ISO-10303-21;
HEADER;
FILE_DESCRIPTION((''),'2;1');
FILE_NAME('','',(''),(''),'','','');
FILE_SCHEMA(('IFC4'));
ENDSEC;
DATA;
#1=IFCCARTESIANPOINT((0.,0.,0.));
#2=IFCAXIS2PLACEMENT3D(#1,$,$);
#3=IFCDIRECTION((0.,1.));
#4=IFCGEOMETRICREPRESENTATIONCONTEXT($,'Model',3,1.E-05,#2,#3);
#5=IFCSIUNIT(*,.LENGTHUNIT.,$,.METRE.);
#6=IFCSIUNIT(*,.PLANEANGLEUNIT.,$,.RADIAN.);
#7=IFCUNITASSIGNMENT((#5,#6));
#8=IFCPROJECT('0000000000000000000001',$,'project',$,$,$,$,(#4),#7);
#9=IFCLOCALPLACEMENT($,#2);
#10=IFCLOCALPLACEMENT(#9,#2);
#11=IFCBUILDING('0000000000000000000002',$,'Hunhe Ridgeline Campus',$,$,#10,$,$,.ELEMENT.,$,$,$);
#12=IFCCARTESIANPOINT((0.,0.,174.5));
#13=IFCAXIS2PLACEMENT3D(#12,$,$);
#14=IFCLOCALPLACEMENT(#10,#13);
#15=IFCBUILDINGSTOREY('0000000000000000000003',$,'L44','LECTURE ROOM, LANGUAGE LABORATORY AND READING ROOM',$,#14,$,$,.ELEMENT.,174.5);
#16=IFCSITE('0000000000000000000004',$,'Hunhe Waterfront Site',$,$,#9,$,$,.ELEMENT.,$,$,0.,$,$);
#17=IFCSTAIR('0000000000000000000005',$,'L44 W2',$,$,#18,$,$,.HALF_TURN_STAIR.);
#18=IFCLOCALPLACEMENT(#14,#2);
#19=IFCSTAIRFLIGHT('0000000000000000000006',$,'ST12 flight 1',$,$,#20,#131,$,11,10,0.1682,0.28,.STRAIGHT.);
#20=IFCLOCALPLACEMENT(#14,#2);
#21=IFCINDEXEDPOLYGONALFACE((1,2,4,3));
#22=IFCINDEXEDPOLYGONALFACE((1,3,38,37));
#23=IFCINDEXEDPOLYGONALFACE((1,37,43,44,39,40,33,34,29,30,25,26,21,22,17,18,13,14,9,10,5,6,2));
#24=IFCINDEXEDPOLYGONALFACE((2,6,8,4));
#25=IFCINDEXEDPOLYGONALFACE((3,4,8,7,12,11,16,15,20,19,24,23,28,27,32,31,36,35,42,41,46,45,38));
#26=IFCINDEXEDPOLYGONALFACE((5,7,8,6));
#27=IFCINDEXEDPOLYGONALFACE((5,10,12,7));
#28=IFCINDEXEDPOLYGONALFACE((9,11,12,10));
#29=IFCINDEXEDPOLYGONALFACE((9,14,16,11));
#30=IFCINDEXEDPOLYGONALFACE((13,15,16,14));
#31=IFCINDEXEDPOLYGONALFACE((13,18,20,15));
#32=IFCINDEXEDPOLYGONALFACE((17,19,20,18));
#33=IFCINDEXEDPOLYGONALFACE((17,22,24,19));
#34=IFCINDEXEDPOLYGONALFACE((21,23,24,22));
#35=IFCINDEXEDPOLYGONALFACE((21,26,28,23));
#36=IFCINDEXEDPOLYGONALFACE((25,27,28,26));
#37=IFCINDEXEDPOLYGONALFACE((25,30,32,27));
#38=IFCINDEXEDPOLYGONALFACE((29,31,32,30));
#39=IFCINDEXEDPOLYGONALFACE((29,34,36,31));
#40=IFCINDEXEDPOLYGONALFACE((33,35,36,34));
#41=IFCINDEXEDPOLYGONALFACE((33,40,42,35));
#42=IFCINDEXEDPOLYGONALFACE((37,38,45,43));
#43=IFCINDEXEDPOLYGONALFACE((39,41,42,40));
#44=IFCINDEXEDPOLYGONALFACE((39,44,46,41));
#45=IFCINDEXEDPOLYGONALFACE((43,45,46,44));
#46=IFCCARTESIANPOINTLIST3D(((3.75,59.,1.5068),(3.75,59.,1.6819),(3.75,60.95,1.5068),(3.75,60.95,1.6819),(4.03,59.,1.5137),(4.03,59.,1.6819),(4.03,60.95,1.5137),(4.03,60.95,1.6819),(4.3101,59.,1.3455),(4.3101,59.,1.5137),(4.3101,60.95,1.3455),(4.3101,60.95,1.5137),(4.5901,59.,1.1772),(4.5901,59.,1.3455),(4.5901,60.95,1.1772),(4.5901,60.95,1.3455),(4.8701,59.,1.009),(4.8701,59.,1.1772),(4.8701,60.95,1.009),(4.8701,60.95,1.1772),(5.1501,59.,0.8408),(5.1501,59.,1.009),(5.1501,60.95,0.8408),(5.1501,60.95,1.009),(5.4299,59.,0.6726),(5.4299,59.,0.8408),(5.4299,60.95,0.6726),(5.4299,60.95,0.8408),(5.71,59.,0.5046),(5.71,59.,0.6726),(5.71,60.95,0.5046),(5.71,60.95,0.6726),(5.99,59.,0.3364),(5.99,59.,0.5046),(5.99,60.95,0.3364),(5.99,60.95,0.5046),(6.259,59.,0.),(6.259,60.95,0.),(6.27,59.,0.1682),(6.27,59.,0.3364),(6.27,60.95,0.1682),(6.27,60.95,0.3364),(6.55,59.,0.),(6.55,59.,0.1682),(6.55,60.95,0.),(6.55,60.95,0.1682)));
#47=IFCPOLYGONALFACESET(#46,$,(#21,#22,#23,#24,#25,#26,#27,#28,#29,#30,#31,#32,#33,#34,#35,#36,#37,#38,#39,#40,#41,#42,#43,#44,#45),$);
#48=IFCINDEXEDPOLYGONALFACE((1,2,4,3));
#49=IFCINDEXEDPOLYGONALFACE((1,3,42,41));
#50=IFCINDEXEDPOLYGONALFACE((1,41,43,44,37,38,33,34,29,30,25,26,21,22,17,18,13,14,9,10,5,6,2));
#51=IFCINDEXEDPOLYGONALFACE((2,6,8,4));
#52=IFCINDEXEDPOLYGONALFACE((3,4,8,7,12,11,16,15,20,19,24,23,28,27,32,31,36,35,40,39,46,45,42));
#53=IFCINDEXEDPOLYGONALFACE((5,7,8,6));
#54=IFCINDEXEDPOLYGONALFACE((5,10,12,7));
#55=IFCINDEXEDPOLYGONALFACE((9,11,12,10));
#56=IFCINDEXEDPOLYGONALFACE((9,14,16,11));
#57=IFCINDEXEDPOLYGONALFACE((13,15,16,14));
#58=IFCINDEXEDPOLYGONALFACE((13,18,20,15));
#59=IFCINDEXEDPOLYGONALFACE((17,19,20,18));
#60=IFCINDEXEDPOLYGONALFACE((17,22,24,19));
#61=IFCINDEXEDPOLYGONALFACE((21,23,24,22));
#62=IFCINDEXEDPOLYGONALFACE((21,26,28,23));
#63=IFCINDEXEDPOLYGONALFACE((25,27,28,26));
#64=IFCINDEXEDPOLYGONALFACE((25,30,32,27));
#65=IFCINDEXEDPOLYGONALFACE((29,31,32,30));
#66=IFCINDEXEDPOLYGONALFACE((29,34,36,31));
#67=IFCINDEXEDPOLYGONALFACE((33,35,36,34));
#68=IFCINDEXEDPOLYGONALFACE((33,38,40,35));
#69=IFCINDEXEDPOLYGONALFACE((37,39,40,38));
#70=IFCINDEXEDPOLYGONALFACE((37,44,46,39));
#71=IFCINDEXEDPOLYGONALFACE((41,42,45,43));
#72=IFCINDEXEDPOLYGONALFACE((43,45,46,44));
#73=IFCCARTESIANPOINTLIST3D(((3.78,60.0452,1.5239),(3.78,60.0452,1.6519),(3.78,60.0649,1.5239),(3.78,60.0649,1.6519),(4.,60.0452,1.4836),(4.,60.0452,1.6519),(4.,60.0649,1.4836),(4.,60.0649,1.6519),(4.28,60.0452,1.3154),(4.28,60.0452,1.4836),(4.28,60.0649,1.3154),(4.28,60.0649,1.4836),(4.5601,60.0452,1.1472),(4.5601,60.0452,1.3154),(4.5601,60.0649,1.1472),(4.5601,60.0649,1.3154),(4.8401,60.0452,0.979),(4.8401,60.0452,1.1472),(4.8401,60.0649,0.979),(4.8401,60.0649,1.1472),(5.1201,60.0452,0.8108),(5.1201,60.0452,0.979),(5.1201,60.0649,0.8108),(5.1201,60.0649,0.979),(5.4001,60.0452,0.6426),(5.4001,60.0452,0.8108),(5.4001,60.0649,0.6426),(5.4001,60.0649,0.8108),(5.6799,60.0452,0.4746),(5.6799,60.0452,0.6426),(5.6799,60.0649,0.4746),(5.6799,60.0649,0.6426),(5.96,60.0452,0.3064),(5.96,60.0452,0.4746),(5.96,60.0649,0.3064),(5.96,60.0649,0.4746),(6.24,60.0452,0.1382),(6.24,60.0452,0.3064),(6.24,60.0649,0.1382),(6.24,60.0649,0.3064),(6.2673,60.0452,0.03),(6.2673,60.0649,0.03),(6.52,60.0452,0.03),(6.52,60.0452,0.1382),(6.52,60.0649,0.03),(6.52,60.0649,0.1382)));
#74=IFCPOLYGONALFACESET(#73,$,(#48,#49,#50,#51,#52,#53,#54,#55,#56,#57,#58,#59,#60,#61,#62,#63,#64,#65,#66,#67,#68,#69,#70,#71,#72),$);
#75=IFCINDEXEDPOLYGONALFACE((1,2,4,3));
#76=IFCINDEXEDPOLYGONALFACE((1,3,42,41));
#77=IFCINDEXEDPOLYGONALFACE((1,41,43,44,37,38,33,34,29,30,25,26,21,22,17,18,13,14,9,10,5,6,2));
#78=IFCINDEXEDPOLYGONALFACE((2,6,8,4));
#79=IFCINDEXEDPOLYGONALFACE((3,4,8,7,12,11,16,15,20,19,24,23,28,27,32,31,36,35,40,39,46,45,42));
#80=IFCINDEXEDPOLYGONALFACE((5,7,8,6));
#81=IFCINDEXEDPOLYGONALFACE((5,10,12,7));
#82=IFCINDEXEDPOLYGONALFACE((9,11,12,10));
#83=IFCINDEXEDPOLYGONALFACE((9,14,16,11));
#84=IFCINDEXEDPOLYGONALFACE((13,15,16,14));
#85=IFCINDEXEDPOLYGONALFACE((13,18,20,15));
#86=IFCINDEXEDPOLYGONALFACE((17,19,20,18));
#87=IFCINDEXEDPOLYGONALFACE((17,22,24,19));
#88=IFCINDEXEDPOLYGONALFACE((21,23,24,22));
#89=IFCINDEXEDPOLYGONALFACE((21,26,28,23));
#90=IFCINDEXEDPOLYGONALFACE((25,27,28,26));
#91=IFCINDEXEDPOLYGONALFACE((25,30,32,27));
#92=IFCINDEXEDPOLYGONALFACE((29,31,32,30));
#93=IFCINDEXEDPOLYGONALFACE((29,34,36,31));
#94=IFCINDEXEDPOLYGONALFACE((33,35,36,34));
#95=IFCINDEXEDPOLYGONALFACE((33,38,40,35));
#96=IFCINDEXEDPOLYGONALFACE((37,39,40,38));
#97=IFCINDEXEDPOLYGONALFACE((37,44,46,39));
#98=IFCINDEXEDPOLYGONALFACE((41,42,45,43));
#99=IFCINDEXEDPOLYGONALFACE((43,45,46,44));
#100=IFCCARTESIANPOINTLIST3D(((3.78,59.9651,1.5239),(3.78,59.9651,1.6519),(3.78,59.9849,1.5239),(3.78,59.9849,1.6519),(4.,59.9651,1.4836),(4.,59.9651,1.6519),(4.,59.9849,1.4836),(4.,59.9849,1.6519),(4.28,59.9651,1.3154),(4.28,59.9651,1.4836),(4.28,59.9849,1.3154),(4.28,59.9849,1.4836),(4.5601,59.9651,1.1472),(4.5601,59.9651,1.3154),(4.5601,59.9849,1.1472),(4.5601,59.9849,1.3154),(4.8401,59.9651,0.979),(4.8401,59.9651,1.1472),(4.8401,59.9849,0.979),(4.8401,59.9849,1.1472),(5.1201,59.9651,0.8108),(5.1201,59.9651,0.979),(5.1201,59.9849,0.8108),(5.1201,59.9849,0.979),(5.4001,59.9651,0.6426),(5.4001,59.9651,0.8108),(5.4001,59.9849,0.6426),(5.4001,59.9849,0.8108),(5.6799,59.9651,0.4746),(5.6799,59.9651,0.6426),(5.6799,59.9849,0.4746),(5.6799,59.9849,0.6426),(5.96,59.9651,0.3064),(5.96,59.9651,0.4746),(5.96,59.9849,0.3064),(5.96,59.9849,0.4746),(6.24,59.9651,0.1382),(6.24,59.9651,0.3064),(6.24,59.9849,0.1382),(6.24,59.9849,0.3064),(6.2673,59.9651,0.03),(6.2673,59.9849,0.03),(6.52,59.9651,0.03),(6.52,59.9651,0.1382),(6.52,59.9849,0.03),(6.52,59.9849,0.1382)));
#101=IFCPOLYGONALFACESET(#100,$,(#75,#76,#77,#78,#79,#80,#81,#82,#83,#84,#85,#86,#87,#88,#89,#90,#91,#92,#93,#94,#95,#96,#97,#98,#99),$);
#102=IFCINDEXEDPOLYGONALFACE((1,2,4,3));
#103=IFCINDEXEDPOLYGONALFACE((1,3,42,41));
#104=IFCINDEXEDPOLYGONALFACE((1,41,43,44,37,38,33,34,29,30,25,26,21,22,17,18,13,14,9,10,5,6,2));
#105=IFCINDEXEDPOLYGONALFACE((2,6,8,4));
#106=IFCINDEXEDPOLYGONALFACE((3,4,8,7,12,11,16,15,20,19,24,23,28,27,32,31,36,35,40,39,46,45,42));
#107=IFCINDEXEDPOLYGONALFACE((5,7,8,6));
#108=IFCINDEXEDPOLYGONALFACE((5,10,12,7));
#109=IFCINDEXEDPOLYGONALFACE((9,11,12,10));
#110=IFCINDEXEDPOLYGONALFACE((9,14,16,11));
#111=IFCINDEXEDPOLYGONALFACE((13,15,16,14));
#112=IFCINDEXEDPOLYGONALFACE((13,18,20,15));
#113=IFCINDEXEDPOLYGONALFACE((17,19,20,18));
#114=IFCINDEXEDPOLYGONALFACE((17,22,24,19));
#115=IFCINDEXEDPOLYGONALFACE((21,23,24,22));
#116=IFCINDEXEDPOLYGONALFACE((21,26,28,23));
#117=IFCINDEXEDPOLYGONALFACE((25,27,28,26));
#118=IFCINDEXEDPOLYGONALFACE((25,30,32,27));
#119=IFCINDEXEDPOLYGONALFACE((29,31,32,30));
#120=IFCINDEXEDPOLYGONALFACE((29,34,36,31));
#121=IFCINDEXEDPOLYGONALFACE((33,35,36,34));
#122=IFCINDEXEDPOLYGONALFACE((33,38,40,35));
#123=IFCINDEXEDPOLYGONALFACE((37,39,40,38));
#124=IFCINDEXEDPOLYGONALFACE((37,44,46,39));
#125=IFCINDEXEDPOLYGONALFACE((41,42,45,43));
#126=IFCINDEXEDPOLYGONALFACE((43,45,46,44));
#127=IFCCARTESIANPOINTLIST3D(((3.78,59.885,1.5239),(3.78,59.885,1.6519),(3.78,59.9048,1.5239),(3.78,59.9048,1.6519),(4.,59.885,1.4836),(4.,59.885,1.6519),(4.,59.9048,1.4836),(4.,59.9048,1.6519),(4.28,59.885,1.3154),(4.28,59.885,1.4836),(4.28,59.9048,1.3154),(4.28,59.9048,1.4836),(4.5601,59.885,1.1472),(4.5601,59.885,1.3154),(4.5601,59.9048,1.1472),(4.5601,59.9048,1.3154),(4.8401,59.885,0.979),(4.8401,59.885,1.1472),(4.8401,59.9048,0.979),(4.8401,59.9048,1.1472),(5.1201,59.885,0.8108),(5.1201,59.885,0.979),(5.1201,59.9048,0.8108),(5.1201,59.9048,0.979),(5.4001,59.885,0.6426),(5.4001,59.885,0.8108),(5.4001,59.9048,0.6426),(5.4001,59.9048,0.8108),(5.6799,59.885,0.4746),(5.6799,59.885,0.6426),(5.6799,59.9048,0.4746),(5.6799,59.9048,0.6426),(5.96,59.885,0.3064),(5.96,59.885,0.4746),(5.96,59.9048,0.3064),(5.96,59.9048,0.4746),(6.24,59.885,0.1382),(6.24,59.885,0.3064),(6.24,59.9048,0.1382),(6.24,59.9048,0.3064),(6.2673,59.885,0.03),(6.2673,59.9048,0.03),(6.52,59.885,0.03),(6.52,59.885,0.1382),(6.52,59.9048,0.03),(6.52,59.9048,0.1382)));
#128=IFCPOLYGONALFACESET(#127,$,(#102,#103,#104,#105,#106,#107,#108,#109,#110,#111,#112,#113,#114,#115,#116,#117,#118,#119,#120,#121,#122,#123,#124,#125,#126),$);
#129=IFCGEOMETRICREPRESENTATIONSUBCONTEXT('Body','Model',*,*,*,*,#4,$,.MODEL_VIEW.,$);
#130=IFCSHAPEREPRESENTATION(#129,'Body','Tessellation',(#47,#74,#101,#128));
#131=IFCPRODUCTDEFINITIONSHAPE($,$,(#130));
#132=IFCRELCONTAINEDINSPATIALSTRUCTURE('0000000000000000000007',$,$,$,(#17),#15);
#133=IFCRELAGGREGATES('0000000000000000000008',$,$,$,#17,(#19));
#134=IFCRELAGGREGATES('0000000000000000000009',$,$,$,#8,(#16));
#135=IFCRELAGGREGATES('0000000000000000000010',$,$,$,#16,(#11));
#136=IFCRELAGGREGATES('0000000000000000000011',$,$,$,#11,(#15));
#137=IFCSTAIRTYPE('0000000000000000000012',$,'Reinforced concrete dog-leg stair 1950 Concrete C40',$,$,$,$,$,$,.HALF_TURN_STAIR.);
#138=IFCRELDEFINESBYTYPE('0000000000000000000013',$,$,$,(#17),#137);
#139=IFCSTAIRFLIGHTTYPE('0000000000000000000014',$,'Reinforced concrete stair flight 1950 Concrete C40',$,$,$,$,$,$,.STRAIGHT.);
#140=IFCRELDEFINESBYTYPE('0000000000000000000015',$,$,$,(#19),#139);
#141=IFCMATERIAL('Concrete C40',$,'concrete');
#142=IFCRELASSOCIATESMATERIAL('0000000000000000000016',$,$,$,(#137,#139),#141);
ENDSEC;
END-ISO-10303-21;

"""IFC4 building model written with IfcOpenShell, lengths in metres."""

from ifc_helpers import new_model, si_unit, direction, frame, origin, place, context, subcontext, project, spatial, polyline, outline, extrude, material, type_object, element, aggregate, save


model = new_model("IFC4")

# Units and contexts
model_context = context("Model", 3, precision=1e-05, world=origin(), true_north=direction((0.0, 1.0)))
body_context = subcontext(model_context, "Body", "Model", "MODEL_VIEW")
ifc_project = project(units=[si_unit("LENGTHUNIT", "METRE"), si_unit("PLANEANGLEUNIT", "RADIAN")], contexts=[model_context])

# Site, building, storey
site_placement = place(None, origin())
site = spatial("IfcSite", under=ifc_project, at=site_placement, Name="Hunhe Waterfront Site", CompositionType="ELEMENT", RefElevation=0.0)
building_placement = place(site_placement, origin())
building = spatial("IfcBuilding", under=site, at=building_placement, Name="Hunhe Ridgeline Campus", CompositionType="ELEMENT")
storey_placement = place(building_placement, frame((0.0, 0.0, 174.5)))
storey = spatial("IfcBuildingStorey", under=building, at=storey_placement, Name="L44", Description="LECTURE ROOM, LANGUAGE LABORATORY AND READING ROOM", CompositionType="ELEMENT", Elevation=174.5)

# Stair, stair flight
ifc_material_1 = material(Name="Concrete C40", Category="concrete")
stair_type = type_object("IfcStairType", Name="Reinforced concrete dog-leg stair 1950 Concrete C40", PredefinedType="HALF_TURN_STAIR", material=ifc_material_1)
stair_flight_type = type_object("IfcStairFlightType", Name="Reinforced concrete stair flight 1950 Concrete C40", PredefinedType="STRAIGHT", material=ifc_material_1)
stair_1_placement = place(storey_placement, origin())
stair_1 = element("IfcStair", 1, at=stair_1_placement, inside=storey, type_object=stair_type, Name="L44 W2", PredefinedType="HALF_TURN_STAIR")
stair_flight_1_placement = place(storey_placement, frame((6.55, 59.9751, 0.0), z_axis=(0.0, 0.0, 1.0), x_axis=(-1.0, 0.0, 0.0)))
stair_flight_1 = element("IfcStairFlight", 2, at=stair_flight_1_placement, type_object=stair_flight_type, Name="ST12 flight 1", NumberOfRisers=11, NumberOfTreads=10, PredefinedType="STRAIGHT", RiserHeight=0.1682, TreadLength=0.28, context=body_context, shape_type="SweptSolid", body=[
    extrude(outline(polyline([(0.0, 0.0), (0.0, 0.1682), (0.28, 0.1682), (0.28, 0.3364), (0.5601, 0.3364), (0.5601, 0.5046), (0.8401, 0.5046), (0.8401, 0.6726), (1.1201, 0.6726), (1.1201, 0.8408), (1.3999, 0.8408), (1.3999, 1.009), (1.6799, 1.009), (1.6799, 1.1772), (1.96, 1.1772), (1.96, 1.3455), (2.24, 1.3455), (2.24, 1.5137), (2.52, 1.5137), (2.52, 1.6819), (2.8, 1.6819), (2.8, 1.8501), (2.8, 1.5068), (0.291, 0.0), (0.0, 0.0)])), frame((0.0, 0.9751, 0.0), z_axis=(0.0, -1.0, 0.0), x_axis=(1.0, 0.0, 0.0)), (0.0, 0.0, 1.0), 1.95),
    extrude(outline(polyline([(0.03, 0.03), (0.03, 0.1382), (0.3101, 0.1382), (0.3101, 0.3064), (0.5901, 0.3064), (0.5901, 0.4746), (0.8701, 0.4746), (0.8701, 0.6426), (1.1499, 0.6426), (1.1499, 0.8108), (1.4299, 0.8108), (1.4299, 0.979), (1.71, 0.979), (1.71, 1.1472), (1.99, 1.1472), (1.99, 1.3154), (2.27, 1.3154), (2.27, 1.4836), (2.55, 1.4836), (2.55, 1.6519), (2.77, 1.6519), (2.77, 1.5239), (0.2827, 0.03), (0.03, 0.03)])), frame((0.0, -0.0701, 0.0), z_axis=(0.0, -1.0, 0.0), x_axis=(1.0, 0.0, 0.0)), (0.0, 0.0, 1.0), 0.0198),
    extrude(outline(polyline([(0.03, 0.03), (0.03, 0.1382), (0.3101, 0.1382), (0.3101, 0.3064), (0.5901, 0.3064), (0.5901, 0.4746), (0.8701, 0.4746), (0.8701, 0.6426), (1.1499, 0.6426), (1.1499, 0.8108), (1.4299, 0.8108), (1.4299, 0.979), (1.71, 0.979), (1.71, 1.1472), (1.99, 1.1472), (1.99, 1.3154), (2.27, 1.3154), (2.27, 1.4836), (2.55, 1.4836), (2.55, 1.6519), (2.77, 1.6519), (2.77, 1.5239), (0.2827, 0.03), (0.03, 0.03)])), frame((0.0, 0.01, 0.0), z_axis=(0.0, -1.0, 0.0), x_axis=(1.0, 0.0, 0.0)), (0.0, 0.0, 1.0), 0.0198),
    extrude(outline(polyline([(0.03, 0.03), (0.03, 0.1382), (0.3101, 0.1382), (0.3101, 0.3064), (0.5901, 0.3064), (0.5901, 0.4746), (0.8701, 0.4746), (0.8701, 0.6426), (1.1499, 0.6426), (1.1499, 0.8108), (1.4299, 0.8108), (1.4299, 0.979), (1.71, 0.979), (1.71, 1.1472), (1.99, 1.1472), (1.99, 1.3154), (2.27, 1.3154), (2.27, 1.4836), (2.55, 1.4836), (2.55, 1.6519), (2.77, 1.6519), (2.77, 1.5239), (0.2827, 0.03), (0.03, 0.03)])), frame((0.0, 0.0901, 0.0), z_axis=(0.0, -1.0, 0.0), x_axis=(1.0, 0.0, 0.0)), (0.0, 0.0, 1.0), 0.0198),
])
aggregate(stair_1, [stair_flight_1])

save(model, "model.ifc")
